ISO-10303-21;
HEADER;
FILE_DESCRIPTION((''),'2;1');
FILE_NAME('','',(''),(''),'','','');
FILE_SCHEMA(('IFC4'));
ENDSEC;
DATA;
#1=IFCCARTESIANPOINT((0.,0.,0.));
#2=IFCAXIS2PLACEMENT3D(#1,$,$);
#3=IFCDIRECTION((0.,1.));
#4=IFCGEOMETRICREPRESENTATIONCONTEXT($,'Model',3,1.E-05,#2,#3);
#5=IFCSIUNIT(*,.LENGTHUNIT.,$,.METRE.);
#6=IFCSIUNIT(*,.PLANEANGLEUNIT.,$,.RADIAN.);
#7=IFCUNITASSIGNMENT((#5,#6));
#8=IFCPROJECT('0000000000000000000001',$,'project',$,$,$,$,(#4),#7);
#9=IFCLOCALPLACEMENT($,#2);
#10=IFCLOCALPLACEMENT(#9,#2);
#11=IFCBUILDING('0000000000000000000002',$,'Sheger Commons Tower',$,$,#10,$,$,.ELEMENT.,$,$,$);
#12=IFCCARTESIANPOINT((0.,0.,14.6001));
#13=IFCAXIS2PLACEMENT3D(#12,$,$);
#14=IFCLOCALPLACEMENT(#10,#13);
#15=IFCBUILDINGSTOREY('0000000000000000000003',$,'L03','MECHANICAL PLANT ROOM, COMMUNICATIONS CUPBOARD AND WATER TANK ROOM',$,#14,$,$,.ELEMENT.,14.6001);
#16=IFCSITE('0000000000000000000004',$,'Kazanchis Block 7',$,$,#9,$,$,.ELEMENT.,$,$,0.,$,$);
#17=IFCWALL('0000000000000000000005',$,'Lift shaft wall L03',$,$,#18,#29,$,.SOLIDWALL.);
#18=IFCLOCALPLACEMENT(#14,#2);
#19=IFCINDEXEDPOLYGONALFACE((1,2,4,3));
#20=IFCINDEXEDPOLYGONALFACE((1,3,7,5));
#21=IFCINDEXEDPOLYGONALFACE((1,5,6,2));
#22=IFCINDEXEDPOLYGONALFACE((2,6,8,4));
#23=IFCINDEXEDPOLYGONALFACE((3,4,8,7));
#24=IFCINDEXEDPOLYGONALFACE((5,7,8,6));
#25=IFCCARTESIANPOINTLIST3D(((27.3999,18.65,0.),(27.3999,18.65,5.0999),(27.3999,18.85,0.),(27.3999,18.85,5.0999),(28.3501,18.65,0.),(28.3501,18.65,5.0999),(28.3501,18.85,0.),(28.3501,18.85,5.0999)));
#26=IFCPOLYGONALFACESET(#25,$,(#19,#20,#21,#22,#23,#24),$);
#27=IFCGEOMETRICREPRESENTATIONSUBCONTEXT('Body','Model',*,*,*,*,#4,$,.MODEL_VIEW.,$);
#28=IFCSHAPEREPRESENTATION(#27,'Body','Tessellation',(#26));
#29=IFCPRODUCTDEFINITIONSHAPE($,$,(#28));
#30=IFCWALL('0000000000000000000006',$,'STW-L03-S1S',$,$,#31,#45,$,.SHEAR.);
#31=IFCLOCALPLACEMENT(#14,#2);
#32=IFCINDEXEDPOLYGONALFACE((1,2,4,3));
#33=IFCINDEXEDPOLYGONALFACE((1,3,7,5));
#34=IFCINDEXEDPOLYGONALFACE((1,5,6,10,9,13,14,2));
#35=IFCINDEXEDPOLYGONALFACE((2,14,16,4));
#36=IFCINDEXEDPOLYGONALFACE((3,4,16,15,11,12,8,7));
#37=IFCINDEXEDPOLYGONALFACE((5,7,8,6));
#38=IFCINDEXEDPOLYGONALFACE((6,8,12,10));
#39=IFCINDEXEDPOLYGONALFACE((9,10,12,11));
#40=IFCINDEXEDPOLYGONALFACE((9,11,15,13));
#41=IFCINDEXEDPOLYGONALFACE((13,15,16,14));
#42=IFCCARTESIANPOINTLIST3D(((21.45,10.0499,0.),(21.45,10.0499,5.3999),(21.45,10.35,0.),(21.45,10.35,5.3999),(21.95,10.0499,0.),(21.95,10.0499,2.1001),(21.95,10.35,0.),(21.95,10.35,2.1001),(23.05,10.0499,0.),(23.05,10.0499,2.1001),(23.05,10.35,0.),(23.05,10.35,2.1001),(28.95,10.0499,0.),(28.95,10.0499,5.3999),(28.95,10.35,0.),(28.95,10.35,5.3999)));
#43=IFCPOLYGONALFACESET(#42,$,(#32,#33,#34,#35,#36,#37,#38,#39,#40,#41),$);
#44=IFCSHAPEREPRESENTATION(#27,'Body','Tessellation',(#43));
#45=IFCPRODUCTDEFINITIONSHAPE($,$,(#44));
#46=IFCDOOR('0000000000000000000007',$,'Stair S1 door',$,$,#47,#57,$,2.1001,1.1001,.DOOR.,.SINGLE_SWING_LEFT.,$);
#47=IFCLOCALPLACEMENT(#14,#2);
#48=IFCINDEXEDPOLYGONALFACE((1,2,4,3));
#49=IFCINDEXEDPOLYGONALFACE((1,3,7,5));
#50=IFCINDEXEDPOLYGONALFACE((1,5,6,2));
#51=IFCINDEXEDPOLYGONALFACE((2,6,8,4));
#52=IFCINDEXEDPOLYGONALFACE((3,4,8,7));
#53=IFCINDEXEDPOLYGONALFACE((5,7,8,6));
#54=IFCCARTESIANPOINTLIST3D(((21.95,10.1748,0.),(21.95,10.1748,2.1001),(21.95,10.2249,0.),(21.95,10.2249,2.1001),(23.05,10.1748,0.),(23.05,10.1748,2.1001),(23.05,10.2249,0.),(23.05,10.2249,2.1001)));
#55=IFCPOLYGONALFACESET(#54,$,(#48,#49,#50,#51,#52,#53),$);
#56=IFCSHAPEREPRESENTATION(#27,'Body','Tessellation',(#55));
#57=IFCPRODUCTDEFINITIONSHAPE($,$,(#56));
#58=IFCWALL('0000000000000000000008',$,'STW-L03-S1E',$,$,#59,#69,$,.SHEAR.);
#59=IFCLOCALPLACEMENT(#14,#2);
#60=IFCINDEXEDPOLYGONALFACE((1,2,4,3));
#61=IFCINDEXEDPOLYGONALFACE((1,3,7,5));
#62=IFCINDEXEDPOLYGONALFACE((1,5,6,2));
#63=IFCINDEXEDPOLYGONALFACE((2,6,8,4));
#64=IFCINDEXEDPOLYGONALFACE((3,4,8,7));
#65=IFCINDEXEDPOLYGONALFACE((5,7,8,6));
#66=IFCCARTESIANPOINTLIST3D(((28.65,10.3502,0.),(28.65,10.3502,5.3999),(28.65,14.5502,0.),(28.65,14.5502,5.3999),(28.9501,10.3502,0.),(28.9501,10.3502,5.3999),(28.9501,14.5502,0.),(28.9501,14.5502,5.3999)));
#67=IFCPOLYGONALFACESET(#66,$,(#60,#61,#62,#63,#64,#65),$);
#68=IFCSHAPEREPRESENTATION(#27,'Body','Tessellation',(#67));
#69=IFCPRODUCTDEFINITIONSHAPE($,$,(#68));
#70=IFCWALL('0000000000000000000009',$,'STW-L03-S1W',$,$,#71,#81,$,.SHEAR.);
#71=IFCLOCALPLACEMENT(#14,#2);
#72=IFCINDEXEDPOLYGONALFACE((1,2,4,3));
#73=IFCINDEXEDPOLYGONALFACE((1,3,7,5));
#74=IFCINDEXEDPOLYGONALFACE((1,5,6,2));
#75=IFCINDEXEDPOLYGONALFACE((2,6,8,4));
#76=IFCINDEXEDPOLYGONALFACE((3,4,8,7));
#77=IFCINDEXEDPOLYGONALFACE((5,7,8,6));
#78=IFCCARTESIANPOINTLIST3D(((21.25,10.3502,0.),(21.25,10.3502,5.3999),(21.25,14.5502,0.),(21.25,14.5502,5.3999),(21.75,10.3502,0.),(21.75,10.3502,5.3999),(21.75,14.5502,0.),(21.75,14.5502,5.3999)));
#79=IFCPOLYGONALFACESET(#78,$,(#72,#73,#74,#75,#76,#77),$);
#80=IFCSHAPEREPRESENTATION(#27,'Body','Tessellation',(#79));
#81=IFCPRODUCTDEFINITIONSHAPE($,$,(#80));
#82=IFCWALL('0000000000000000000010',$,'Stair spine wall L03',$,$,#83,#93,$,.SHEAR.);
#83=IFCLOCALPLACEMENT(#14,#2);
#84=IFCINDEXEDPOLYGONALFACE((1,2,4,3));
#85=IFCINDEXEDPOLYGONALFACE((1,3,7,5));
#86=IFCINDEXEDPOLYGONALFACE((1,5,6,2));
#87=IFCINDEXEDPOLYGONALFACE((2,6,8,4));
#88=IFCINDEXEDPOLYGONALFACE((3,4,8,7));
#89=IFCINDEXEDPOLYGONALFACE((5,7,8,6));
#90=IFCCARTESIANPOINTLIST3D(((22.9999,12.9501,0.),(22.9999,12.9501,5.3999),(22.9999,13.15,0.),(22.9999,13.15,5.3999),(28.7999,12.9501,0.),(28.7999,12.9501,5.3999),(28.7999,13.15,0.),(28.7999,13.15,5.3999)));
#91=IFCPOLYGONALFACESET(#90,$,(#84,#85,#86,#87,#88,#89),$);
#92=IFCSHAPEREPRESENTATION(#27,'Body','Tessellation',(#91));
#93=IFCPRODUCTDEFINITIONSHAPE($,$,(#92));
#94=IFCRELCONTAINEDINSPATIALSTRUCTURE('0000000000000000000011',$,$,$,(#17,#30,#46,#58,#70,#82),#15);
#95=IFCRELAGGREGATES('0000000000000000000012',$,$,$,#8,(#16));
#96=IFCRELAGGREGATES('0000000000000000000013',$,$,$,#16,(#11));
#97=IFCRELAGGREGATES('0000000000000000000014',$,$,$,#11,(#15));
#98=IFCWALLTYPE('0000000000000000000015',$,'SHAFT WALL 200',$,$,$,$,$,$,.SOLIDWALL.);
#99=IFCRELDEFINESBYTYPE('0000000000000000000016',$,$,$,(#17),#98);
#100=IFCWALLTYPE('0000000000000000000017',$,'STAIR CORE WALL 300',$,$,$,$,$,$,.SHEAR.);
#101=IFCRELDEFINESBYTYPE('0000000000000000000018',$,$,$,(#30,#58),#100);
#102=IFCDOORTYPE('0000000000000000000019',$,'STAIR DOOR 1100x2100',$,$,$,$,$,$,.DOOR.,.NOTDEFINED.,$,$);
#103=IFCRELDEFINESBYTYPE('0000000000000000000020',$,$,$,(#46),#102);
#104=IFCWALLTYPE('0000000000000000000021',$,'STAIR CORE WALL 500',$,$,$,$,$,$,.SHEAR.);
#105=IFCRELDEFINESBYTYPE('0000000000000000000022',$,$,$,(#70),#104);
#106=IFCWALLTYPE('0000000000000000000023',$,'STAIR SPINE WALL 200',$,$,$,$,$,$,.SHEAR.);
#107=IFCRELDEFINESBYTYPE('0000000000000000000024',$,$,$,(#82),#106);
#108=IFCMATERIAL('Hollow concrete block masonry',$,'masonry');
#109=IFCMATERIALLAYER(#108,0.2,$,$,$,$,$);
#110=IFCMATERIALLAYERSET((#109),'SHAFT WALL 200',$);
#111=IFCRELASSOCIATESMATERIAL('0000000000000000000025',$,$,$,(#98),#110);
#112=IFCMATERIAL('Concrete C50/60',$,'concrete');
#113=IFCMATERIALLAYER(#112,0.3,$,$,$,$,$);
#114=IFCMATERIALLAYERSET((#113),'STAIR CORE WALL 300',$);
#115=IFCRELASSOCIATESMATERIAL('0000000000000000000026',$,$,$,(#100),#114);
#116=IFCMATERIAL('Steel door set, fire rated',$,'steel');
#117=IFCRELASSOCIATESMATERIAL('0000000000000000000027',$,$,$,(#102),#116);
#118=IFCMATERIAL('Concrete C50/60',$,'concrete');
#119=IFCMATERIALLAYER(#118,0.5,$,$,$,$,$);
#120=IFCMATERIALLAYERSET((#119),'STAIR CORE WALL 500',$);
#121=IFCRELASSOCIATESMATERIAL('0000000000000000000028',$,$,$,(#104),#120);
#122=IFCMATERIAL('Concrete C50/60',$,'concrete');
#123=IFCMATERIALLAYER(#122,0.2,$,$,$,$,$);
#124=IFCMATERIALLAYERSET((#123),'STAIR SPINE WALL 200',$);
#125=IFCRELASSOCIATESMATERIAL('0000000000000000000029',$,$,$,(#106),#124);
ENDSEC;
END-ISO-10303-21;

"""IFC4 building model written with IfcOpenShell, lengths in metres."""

from ifc_helpers import new_model, si_unit, direction, frame, frame_2d, origin, place, context, subcontext, project, spatial, rectangle, extrude, material, layer, layer_set, type_object, element, fill, save


model = new_model("IFC4")

# Units and contexts
model_context = context("Model", 3, precision=1e-05, world=origin(), true_north=direction((0.0, 1.0)))
body_context = subcontext(model_context, "Body", "Model", "MODEL_VIEW")
ifc_project = project(units=[si_unit("LENGTHUNIT", "METRE"), si_unit("PLANEANGLEUNIT", "RADIAN")], contexts=[model_context])

# Site, building, storey
site_placement = place(None, origin())
site = spatial("IfcSite", under=ifc_project, at=site_placement, Name="Kazanchis Block 7", CompositionType="ELEMENT", RefElevation=0.0)
building_placement = place(site_placement, origin())
building = spatial("IfcBuilding", under=site, at=building_placement, Name="Sheger Commons Tower", CompositionType="ELEMENT")
storey_placement = place(building_placement, frame((0.0, 0.0, 14.6001)))
storey = spatial("IfcBuildingStorey", under=building, at=storey_placement, Name="L03", Description="MECHANICAL PLANT ROOM, COMMUNICATIONS CUPBOARD AND WATER TANK ROOM", CompositionType="ELEMENT", Elevation=14.6001)

# Wall
ifc_material_1 = material(Name="Hollow concrete block masonry", Category="masonry")
ifc_layer_1 = layer(ifc_material_1, 0.2)
ifc_layer_set_1 = layer_set([ifc_layer_1], Name="SHAFT WALL 200")
wall_type_1 = type_object("IfcWallType", Name="SHAFT WALL 200", PredefinedType="SOLIDWALL", material=ifc_layer_set_1)
wall_1_placement = place(storey_placement, frame((27.3999, 18.75, 0.0), z_axis=(0.0, 0.0, 1.0), x_axis=(1.0, 0.0, 0.0)))
element("IfcWall", 1, at=wall_1_placement, inside=storey, type_object=wall_type_1, Name="Lift shaft wall L03", PredefinedType="SOLIDWALL", context=body_context, shape_type="SweptSolid", body=[
    extrude(rectangle(XDim=0.9502, YDim=0.2, at=frame_2d((0.4751, 0.0))), origin(), (0.0, 0.0, 1.0), 5.0999),
])

# Wall, opening, door
ifc_material_2 = material(Name="Concrete C50/60", Category="concrete")
ifc_layer_2 = layer(ifc_material_2, 0.3)
ifc_layer_set_2 = layer_set([ifc_layer_2], Name="STAIR CORE WALL 300")
wall_type_2 = type_object("IfcWallType", Name="STAIR CORE WALL 300", PredefinedType="SHEAR", material=ifc_layer_set_2)
wall_2_placement = place(storey_placement, frame((21.45, 10.2, 0.0), z_axis=(0.0, 0.0, 1.0), x_axis=(1.0, 0.0, 0.0)))
wall_2 = element("IfcWall", 2, at=wall_2_placement, inside=storey, type_object=wall_type_2, Name="STW-L03-S1S", PredefinedType="SHEAR", context=body_context, shape_type="SweptSolid", body=[
    extrude(rectangle(XDim=7.5, YDim=0.3, at=frame_2d((3.75, 0.0))), origin(), (0.0, 0.0, 1.0), 5.3999),
])
opening_1_placement = place(wall_2_placement, frame((0.5, 0.0, 0.0)))
opening_1 = element("IfcOpeningElement", 3, at=opening_1_placement, cuts=wall_2, PredefinedType="OPENING", context=body_context, shape_type="SweptSolid", body=[
    extrude(rectangle(XDim=1.1001, YDim=2.1001, at=frame_2d((0.55, 1.05))), frame((0.0, 0.1599, 0.0), z_axis=(0.0, -1.0, 0.0), x_axis=(1.0, 0.0, 0.0)), (0.0, 0.0, 1.0), 0.3201),
])
ifc_material_3 = material(Name="Steel door set, fire rated", Category="steel")
door_type_1 = type_object("IfcDoorType", Name="STAIR DOOR 1100x2100", OperationType="NOTDEFINED", PredefinedType="DOOR", material=ifc_material_3)
door_1_placement = place(opening_1_placement, origin())
door_1 = element("IfcDoor", 4, at=door_1_placement, inside=storey, type_object=door_type_1, Name="Stair S1 door", OperationType="SINGLE_SWING_LEFT", OverallHeight=2.1001, OverallWidth=1.1001, PredefinedType="DOOR", context=body_context, shape_type="SweptSolid", body=[
    extrude(rectangle(XDim=1.1001, YDim=2.1001, at=frame_2d((0.55, 1.05))), frame((0.0, 0.0249, 0.0), z_axis=(0.0, -1.0, 0.0), x_axis=(1.0, 0.0, 0.0)), (0.0, 0.0, 1.0), 0.05),
])
fill(opening_1, door_1)

# Walls
wall_3_placement = place(storey_placement, frame((28.8, 10.3501, 0.0), z_axis=(0.0, 0.0, 1.0), x_axis=(0.0, 1.0, 0.0)))
element("IfcWall", 5, at=wall_3_placement, inside=storey, type_object=wall_type_2, Name="STW-L03-S1E", PredefinedType="SHEAR", context=body_context, shape_type="SweptSolid", body=[
    extrude(rectangle(XDim=4.2, YDim=0.3, at=frame_2d((2.1001, 0.0))), origin(), (0.0, 0.0, 1.0), 5.3999),
])
ifc_material_4 = material(Name="Concrete C50/60", Category="concrete")
ifc_layer_3 = layer(ifc_material_4, 0.5)
ifc_layer_set_3 = layer_set([ifc_layer_3], Name="STAIR CORE WALL 500")
wall_type_3 = type_object("IfcWallType", Name="STAIR CORE WALL 500", PredefinedType="SHEAR", material=ifc_layer_set_3)
wall_4_placement = place(storey_placement, frame((21.5, 10.3501, 0.0), z_axis=(0.0, 0.0, 1.0), x_axis=(0.0, 1.0, 0.0)))
element("IfcWall", 6, at=wall_4_placement, inside=storey, type_object=wall_type_3, Name="STW-L03-S1W", PredefinedType="SHEAR", context=body_context, shape_type="SweptSolid", body=[
    extrude(rectangle(XDim=4.2, YDim=0.5, at=frame_2d((2.1001, 0.0))), origin(), (0.0, 0.0, 1.0), 5.3999),
])
ifc_material_5 = material(Name="Concrete C50/60", Category="concrete")
ifc_layer_4 = layer(ifc_material_5, 0.2)
ifc_layer_set_4 = layer_set([ifc_layer_4], Name="STAIR SPINE WALL 200")
wall_type_4 = type_object("IfcWallType", Name="STAIR SPINE WALL 200", PredefinedType="SHEAR", material=ifc_layer_set_4)
wall_5_placement = place(storey_placement, frame((23.0, 13.05, 0.0), z_axis=(0.0, 0.0, 1.0), x_axis=(1.0, 0.0, 0.0)))
element("IfcWall", 7, at=wall_5_placement, inside=storey, type_object=wall_type_4, Name="Stair spine wall L03", PredefinedType="SHEAR", context=body_context, shape_type="SweptSolid", body=[
    extrude(rectangle(XDim=5.8, YDim=0.2, at=frame_2d((2.8999, 0.0))), origin(), (0.0, 0.0, 1.0), 5.3999),
])

save(model, "model.ifc")
